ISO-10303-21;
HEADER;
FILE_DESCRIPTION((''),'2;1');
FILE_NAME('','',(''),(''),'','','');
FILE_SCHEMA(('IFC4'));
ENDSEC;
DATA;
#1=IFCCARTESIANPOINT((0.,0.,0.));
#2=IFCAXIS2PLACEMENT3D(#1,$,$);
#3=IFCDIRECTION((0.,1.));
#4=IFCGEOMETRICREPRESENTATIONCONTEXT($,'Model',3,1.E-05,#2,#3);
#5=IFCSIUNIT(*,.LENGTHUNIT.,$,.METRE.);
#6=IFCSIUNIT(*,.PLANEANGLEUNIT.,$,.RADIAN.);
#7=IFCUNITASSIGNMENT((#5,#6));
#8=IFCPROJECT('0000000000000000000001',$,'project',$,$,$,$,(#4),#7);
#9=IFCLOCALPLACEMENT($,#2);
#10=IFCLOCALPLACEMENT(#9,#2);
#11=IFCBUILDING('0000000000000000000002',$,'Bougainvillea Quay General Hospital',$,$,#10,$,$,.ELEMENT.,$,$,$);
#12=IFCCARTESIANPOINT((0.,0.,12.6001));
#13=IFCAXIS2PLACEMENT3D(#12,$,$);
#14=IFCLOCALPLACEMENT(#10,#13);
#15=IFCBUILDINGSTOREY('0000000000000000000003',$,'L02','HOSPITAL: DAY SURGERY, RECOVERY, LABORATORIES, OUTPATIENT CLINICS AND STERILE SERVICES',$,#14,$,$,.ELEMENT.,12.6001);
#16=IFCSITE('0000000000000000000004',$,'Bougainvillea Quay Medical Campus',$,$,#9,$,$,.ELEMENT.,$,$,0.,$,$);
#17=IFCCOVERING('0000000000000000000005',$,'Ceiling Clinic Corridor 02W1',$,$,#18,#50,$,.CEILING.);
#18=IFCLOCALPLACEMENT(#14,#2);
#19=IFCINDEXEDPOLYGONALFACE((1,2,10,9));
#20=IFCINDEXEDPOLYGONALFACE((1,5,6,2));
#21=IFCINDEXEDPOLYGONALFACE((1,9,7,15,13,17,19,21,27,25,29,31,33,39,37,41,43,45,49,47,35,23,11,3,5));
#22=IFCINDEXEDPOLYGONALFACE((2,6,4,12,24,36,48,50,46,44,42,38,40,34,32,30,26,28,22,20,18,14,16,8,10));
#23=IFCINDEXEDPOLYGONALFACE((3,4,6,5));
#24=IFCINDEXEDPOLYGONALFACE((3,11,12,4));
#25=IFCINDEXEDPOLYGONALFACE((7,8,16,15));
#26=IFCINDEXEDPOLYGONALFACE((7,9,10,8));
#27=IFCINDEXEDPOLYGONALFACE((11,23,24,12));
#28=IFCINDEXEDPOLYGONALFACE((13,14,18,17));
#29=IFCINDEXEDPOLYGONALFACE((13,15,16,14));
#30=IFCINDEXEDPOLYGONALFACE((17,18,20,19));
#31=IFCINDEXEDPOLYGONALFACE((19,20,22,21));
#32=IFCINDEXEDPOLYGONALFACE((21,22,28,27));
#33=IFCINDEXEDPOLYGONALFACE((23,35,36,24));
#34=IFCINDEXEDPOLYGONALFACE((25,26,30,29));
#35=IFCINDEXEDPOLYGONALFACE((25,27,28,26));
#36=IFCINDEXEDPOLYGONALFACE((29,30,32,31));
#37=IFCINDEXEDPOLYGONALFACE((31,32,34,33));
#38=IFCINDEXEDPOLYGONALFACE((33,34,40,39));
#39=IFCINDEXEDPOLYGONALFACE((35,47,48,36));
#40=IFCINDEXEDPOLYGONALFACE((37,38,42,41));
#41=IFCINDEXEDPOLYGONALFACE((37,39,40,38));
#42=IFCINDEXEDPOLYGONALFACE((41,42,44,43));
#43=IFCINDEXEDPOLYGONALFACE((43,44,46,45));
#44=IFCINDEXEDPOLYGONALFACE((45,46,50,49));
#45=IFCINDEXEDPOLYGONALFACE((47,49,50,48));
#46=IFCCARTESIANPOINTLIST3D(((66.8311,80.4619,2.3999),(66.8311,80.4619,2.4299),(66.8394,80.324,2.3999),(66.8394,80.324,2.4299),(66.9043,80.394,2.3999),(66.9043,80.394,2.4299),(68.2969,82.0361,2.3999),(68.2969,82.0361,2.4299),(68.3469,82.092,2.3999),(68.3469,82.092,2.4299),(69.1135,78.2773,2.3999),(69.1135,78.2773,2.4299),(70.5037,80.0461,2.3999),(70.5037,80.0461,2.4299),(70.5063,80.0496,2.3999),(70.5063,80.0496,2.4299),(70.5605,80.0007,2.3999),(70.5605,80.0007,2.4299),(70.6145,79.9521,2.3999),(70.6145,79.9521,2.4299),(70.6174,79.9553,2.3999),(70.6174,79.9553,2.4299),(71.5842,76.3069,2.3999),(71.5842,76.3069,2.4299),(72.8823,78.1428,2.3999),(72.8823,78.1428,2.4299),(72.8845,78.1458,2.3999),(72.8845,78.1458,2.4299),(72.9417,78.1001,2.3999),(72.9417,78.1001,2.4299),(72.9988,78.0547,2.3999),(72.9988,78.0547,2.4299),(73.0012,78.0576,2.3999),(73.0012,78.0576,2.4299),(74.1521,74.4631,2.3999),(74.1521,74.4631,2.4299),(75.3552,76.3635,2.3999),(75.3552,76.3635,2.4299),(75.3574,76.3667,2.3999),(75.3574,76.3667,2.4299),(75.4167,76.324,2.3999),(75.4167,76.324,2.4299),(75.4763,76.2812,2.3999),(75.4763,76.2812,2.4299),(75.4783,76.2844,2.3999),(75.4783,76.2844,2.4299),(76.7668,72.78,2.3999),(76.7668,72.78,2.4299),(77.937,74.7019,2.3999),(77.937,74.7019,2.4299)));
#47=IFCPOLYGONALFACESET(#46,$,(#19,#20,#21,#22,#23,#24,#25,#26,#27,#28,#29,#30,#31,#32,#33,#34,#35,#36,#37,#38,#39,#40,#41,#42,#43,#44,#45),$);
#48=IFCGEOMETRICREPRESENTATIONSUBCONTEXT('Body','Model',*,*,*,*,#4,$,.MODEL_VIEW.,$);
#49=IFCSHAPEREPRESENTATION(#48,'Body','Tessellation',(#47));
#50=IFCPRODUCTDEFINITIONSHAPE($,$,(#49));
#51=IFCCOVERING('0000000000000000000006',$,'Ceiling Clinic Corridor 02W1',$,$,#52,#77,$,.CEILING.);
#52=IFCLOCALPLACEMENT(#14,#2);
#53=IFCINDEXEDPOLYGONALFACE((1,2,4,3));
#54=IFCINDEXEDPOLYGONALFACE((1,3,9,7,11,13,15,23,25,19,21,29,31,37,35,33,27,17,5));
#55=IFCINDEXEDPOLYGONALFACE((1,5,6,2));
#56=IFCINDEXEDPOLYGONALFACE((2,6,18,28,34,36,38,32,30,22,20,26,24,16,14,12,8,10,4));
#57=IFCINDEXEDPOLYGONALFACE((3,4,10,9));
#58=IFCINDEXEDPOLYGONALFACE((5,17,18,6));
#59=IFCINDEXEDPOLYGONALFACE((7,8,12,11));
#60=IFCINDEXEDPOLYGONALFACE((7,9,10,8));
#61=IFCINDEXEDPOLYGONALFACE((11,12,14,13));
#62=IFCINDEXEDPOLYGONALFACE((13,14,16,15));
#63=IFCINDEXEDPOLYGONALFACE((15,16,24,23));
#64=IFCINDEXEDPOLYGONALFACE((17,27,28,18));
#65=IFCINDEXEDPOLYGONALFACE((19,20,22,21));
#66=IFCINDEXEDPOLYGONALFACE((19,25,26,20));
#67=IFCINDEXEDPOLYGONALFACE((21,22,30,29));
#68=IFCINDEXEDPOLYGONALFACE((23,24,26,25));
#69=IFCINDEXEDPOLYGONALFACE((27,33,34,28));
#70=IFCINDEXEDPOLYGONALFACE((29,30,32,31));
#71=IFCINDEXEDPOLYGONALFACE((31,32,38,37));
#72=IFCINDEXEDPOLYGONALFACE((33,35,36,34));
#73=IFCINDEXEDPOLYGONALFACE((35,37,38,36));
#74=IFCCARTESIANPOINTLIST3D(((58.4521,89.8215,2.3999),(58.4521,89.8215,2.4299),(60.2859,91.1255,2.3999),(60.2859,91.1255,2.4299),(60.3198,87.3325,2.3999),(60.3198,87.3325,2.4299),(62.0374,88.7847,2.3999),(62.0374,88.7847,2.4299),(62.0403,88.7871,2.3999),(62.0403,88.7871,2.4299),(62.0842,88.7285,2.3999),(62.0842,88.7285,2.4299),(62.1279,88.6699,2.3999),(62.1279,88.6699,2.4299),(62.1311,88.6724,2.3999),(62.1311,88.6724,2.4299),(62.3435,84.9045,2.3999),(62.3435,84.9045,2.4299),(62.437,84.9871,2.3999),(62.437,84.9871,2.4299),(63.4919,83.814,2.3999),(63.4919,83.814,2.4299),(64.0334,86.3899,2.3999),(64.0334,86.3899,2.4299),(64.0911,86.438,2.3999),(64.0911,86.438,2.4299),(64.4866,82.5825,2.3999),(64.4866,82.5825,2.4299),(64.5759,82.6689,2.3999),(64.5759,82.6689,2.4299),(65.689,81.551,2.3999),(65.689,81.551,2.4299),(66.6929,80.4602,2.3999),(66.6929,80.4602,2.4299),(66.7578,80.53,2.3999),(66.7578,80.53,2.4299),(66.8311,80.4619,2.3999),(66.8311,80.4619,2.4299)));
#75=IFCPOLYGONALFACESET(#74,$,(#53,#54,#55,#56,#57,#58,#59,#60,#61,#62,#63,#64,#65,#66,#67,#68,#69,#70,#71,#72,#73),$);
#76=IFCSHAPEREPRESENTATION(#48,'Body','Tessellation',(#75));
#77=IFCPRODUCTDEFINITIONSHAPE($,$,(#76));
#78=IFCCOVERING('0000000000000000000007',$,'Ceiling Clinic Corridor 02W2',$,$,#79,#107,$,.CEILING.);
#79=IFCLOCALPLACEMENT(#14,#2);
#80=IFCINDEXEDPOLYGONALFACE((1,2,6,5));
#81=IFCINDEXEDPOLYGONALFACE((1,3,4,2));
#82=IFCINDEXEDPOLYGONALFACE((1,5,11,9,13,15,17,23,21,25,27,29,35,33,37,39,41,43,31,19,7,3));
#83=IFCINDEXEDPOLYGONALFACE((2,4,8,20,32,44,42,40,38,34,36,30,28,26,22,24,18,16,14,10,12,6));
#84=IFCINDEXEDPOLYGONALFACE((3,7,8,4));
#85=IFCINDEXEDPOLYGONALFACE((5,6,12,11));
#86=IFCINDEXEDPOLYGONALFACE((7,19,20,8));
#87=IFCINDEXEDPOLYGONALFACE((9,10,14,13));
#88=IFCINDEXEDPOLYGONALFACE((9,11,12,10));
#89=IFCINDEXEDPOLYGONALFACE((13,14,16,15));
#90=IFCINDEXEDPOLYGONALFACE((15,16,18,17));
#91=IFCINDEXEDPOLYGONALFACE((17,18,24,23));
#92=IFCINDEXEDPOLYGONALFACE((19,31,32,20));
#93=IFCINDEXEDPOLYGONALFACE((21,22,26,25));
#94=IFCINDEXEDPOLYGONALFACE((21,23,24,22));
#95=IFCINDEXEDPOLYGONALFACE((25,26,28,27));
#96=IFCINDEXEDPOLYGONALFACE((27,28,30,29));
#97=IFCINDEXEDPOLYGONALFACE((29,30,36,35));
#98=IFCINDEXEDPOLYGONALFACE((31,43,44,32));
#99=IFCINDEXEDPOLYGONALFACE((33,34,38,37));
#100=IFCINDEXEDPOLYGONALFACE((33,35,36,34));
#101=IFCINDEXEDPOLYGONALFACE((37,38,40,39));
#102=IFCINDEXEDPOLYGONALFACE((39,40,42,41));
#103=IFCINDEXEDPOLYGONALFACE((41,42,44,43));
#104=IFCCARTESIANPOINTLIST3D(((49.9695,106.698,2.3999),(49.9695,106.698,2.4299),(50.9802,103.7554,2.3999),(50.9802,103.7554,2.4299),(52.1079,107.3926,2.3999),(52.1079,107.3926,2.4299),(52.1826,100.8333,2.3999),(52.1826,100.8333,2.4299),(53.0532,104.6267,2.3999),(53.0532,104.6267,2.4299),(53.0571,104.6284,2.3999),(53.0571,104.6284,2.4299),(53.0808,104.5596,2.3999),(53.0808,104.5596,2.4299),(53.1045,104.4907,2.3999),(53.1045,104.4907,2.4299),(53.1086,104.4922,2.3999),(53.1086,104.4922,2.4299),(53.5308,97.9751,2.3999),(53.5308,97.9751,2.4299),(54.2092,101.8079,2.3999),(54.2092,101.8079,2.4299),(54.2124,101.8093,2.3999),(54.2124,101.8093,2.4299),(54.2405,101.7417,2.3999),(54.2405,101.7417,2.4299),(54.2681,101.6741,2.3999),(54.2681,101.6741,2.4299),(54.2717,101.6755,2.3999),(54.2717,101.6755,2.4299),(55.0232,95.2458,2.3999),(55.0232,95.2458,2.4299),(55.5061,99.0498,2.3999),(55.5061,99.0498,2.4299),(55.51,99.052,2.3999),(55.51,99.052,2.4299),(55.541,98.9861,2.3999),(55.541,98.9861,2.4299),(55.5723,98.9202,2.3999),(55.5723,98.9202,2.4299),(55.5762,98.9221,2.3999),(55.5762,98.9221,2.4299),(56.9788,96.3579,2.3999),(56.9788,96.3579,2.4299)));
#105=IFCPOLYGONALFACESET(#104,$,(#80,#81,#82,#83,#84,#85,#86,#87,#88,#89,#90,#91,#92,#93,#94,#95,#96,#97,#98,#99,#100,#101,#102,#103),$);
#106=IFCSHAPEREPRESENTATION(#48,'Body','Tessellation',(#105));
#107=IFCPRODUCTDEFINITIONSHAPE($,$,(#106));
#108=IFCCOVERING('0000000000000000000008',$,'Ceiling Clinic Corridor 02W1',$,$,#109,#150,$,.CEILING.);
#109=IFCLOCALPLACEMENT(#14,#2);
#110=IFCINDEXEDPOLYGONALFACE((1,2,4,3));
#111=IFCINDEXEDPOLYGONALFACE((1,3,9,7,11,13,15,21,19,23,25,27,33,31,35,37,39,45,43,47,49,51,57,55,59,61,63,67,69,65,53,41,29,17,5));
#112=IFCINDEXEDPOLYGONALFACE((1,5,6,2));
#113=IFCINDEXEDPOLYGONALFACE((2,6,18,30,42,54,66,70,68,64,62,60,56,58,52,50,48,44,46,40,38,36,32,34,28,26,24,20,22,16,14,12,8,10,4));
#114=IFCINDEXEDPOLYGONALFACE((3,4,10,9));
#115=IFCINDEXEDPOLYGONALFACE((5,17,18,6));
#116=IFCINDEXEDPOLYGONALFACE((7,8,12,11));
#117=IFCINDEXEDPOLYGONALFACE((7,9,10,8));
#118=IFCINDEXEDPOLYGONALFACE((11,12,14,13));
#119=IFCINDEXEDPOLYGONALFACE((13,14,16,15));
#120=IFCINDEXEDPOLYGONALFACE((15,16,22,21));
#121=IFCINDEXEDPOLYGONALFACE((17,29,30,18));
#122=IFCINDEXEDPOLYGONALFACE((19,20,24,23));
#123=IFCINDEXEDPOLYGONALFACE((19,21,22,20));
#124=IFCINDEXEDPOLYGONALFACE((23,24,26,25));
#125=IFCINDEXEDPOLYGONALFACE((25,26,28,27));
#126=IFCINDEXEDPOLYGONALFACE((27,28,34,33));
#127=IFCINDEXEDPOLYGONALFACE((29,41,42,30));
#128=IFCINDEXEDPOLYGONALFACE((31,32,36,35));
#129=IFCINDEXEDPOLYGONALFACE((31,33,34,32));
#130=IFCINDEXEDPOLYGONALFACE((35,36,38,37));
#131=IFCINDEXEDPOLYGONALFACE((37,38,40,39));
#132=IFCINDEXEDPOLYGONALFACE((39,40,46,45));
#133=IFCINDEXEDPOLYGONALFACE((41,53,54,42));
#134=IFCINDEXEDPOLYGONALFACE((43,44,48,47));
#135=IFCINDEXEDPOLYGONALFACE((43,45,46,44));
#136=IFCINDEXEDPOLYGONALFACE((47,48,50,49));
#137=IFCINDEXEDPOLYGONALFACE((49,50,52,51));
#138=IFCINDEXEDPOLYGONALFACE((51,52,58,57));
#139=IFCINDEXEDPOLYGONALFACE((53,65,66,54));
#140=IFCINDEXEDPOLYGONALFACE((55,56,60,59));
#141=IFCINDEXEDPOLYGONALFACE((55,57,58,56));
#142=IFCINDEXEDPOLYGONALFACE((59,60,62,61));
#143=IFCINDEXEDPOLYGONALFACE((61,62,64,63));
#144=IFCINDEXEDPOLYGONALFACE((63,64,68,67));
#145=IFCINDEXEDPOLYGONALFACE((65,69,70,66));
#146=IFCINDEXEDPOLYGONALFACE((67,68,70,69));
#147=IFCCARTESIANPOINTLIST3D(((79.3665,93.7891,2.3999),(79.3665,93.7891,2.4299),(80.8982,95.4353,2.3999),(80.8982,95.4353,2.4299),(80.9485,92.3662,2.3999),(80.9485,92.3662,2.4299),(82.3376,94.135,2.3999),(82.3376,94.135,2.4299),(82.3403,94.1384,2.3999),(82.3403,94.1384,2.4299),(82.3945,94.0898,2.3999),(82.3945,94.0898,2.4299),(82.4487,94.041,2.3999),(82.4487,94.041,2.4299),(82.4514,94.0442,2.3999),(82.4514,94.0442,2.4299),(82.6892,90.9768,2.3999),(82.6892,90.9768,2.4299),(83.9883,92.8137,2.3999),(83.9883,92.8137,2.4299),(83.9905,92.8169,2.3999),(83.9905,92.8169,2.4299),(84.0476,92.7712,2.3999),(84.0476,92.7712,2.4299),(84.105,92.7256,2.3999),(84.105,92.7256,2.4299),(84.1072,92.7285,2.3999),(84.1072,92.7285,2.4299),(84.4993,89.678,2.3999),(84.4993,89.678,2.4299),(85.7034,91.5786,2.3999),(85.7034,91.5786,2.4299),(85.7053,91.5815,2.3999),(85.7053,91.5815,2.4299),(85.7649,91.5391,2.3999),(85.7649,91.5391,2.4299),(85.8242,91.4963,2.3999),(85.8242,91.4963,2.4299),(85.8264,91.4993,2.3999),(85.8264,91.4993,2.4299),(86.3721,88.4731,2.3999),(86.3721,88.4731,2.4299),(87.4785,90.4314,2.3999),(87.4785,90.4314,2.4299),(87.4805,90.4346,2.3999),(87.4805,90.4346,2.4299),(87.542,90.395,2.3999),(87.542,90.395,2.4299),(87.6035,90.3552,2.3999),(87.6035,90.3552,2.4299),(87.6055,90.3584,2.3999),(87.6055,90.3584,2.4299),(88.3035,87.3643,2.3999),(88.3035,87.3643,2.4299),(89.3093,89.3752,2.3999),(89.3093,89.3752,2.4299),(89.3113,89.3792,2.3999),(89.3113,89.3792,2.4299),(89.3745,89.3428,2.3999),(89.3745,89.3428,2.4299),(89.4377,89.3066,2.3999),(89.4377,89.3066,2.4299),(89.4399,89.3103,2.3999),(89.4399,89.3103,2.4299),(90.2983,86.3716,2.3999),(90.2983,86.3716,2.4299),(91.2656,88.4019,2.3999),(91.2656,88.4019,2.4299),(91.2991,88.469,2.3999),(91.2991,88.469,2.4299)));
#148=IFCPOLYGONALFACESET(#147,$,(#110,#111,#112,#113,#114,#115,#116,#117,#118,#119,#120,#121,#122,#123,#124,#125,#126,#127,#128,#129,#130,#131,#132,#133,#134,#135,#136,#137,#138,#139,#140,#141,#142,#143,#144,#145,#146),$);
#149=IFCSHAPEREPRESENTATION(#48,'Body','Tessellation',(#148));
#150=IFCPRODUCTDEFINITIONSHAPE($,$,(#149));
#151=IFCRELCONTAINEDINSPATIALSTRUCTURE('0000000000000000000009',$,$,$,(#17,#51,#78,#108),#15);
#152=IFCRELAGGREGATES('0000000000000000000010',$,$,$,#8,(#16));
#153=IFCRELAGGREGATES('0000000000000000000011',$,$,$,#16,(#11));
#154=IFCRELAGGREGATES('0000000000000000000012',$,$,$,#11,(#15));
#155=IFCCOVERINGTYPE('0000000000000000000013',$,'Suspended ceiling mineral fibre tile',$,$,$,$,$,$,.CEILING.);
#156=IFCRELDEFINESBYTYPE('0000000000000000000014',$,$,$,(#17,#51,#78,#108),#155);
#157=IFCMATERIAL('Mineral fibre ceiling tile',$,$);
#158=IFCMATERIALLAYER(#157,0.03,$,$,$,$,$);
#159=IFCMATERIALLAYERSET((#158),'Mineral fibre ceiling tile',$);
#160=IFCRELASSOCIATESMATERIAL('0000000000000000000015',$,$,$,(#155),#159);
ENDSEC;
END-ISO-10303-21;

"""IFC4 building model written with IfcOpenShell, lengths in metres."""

from ifc_helpers import new_model, si_unit, direction, frame, origin, place, context, subcontext, project, spatial, polyline, outline, extrude, material, layer, layer_set, type_object, element, save


model = new_model("IFC4")

# Units and contexts
model_context = context("Model", 3, precision=1e-05, world=origin(), true_north=direction((0.0, 1.0)))
body_context = subcontext(model_context, "Body", "Model", "MODEL_VIEW")
ifc_project = project(units=[si_unit("LENGTHUNIT", "METRE"), si_unit("PLANEANGLEUNIT", "RADIAN")], contexts=[model_context])

# Site, building, storey
site_placement = place(None, origin())
site = spatial("IfcSite", under=ifc_project, at=site_placement, Name="Bougainvillea Quay Medical Campus", CompositionType="ELEMENT", RefElevation=0.0)
building_placement = place(site_placement, origin())
building = spatial("IfcBuilding", under=site, at=building_placement, Name="Bougainvillea Quay General Hospital", CompositionType="ELEMENT")
storey_placement = place(building_placement, frame((0.0, 0.0, 12.6001)))
storey = spatial("IfcBuildingStorey", under=building, at=storey_placement, Name="L02", Description="HOSPITAL: DAY SURGERY, RECOVERY, LABORATORIES, OUTPATIENT CLINICS AND STERILE SERVICES", CompositionType="ELEMENT", Elevation=12.6001)

# Coverings
ifc_material_1 = material(Name="Mineral fibre ceiling tile")
ifc_layer_1 = layer(ifc_material_1, 0.03)
ifc_layer_set_1 = layer_set([ifc_layer_1], Name="Mineral fibre ceiling tile")
covering_type = type_object("IfcCoveringType", Name="Suspended ceiling mineral fibre tile", PredefinedType="CEILING", material=ifc_layer_set_1)
covering_1_placement = place(storey_placement, frame((0.0, 0.0, 2.3999)))
element("IfcCovering", 1, at=covering_1_placement, inside=storey, type_object=covering_type, Name="Ceiling Clinic Corridor 02W1", PredefinedType="CEILING", context=body_context, shape_type="SweptSolid", body=[
    extrude(outline(polyline([(66.8311, 80.4619), (66.9043, 80.394), (66.8394, 80.324), (69.1135, 78.2773), (71.5842, 76.3069), (74.1521, 74.4631), (76.7668, 72.78), (77.937, 74.7019), (75.4783, 76.2844), (75.4763, 76.2812), (75.4167, 76.324), (75.3552, 76.3635), (75.3574, 76.3667), (73.0012, 78.0576), (72.9988, 78.0547), (72.9417, 78.1001), (72.8823, 78.1428), (72.8845, 78.1458), (70.6174, 79.9553), (70.6145, 79.9521), (70.5605, 80.0007), (70.5037, 80.0461), (70.5063, 80.0496), (68.2969, 82.0361), (68.3469, 82.092), (66.8311, 80.4619)])), origin(), (0.0, 0.0, 1.0), 0.03),
])
covering_2_placement = place(storey_placement, frame((0.0, 0.0, 2.3999)))
element("IfcCovering", 2, at=covering_2_placement, inside=storey, type_object=covering_type, Name="Ceiling Clinic Corridor 02W1", PredefinedType="CEILING", context=body_context, shape_type="SweptSolid", body=[
    extrude(outline(polyline([(64.0911, 86.438), (64.0334, 86.3899), (62.1311, 88.6724), (62.1279, 88.6699), (62.0842, 88.7285), (62.0374, 88.7847), (62.0403, 88.7871), (60.2859, 91.1255), (58.4521, 89.8215), (60.3198, 87.3325), (62.3435, 84.9045), (64.4866, 82.5825), (66.6929, 80.4602), (66.7578, 80.53), (66.8311, 80.4619), (65.689, 81.551), (64.5759, 82.6689), (63.4919, 83.814), (62.437, 84.9871), (64.0911, 86.438)])), origin(), (0.0, 0.0, 1.0), 0.03),
])
covering_3_placement = place(storey_placement, frame((0.0, 0.0, 2.3999)))
element("IfcCovering", 3, at=covering_3_placement, inside=storey, type_object=covering_type, Name="Ceiling Clinic Corridor 02W2", PredefinedType="CEILING", context=body_context, shape_type="SweptSolid", body=[
    extrude(outline(polyline([(55.5723, 98.9202), (55.541, 98.9861), (55.5061, 99.0498), (55.51, 99.052), (54.2717, 101.6755), (54.2681, 101.6741), (54.2405, 101.7417), (54.2092, 101.8079), (54.2124, 101.8093), (53.1086, 104.4922), (53.1045, 104.4907), (53.0808, 104.5596), (53.0532, 104.6267), (53.0571, 104.6284), (52.1079, 107.3926), (49.9695, 106.698), (50.9802, 103.7554), (52.1826, 100.8333), (53.5308, 97.9751), (55.0232, 95.2458), (56.9788, 96.3579), (55.5762, 98.9221), (55.5723, 98.9202)])), origin(), (0.0, 0.0, 1.0), 0.03),
])
covering_4_placement = place(storey_placement, frame((0.0, 0.0, 2.3999)))
element("IfcCovering", 4, at=covering_4_placement, inside=storey, type_object=covering_type, Name="Ceiling Clinic Corridor 02W1", PredefinedType="CEILING", context=body_context, shape_type="SweptSolid", body=[
    extrude(outline(polyline([(91.2991, 88.469), (91.2656, 88.4019), (89.4399, 89.3103), (89.4377, 89.3066), (89.3745, 89.3428), (89.3093, 89.3752), (89.3113, 89.3792), (87.6055, 90.3584), (87.6035, 90.3552), (87.542, 90.395), (87.4785, 90.4314), (87.4805, 90.4346), (85.8264, 91.4993), (85.8242, 91.4963), (85.7649, 91.5391), (85.7034, 91.5786), (85.7053, 91.5815), (84.1072, 92.7285), (84.105, 92.7256), (84.0476, 92.7712), (83.9883, 92.8137), (83.9905, 92.8169), (82.4514, 94.0442), (82.4487, 94.041), (82.3945, 94.0898), (82.3376, 94.135), (82.3403, 94.1384), (80.8982, 95.4353), (79.3665, 93.7891), (80.9485, 92.3662), (82.6892, 90.9768), (84.4993, 89.678), (86.3721, 88.4731), (88.3035, 87.3643), (90.2983, 86.3716), (91.2991, 88.469)])), origin(), (0.0, 0.0, 1.0), 0.03),
])

save(model, "model.ifc")
